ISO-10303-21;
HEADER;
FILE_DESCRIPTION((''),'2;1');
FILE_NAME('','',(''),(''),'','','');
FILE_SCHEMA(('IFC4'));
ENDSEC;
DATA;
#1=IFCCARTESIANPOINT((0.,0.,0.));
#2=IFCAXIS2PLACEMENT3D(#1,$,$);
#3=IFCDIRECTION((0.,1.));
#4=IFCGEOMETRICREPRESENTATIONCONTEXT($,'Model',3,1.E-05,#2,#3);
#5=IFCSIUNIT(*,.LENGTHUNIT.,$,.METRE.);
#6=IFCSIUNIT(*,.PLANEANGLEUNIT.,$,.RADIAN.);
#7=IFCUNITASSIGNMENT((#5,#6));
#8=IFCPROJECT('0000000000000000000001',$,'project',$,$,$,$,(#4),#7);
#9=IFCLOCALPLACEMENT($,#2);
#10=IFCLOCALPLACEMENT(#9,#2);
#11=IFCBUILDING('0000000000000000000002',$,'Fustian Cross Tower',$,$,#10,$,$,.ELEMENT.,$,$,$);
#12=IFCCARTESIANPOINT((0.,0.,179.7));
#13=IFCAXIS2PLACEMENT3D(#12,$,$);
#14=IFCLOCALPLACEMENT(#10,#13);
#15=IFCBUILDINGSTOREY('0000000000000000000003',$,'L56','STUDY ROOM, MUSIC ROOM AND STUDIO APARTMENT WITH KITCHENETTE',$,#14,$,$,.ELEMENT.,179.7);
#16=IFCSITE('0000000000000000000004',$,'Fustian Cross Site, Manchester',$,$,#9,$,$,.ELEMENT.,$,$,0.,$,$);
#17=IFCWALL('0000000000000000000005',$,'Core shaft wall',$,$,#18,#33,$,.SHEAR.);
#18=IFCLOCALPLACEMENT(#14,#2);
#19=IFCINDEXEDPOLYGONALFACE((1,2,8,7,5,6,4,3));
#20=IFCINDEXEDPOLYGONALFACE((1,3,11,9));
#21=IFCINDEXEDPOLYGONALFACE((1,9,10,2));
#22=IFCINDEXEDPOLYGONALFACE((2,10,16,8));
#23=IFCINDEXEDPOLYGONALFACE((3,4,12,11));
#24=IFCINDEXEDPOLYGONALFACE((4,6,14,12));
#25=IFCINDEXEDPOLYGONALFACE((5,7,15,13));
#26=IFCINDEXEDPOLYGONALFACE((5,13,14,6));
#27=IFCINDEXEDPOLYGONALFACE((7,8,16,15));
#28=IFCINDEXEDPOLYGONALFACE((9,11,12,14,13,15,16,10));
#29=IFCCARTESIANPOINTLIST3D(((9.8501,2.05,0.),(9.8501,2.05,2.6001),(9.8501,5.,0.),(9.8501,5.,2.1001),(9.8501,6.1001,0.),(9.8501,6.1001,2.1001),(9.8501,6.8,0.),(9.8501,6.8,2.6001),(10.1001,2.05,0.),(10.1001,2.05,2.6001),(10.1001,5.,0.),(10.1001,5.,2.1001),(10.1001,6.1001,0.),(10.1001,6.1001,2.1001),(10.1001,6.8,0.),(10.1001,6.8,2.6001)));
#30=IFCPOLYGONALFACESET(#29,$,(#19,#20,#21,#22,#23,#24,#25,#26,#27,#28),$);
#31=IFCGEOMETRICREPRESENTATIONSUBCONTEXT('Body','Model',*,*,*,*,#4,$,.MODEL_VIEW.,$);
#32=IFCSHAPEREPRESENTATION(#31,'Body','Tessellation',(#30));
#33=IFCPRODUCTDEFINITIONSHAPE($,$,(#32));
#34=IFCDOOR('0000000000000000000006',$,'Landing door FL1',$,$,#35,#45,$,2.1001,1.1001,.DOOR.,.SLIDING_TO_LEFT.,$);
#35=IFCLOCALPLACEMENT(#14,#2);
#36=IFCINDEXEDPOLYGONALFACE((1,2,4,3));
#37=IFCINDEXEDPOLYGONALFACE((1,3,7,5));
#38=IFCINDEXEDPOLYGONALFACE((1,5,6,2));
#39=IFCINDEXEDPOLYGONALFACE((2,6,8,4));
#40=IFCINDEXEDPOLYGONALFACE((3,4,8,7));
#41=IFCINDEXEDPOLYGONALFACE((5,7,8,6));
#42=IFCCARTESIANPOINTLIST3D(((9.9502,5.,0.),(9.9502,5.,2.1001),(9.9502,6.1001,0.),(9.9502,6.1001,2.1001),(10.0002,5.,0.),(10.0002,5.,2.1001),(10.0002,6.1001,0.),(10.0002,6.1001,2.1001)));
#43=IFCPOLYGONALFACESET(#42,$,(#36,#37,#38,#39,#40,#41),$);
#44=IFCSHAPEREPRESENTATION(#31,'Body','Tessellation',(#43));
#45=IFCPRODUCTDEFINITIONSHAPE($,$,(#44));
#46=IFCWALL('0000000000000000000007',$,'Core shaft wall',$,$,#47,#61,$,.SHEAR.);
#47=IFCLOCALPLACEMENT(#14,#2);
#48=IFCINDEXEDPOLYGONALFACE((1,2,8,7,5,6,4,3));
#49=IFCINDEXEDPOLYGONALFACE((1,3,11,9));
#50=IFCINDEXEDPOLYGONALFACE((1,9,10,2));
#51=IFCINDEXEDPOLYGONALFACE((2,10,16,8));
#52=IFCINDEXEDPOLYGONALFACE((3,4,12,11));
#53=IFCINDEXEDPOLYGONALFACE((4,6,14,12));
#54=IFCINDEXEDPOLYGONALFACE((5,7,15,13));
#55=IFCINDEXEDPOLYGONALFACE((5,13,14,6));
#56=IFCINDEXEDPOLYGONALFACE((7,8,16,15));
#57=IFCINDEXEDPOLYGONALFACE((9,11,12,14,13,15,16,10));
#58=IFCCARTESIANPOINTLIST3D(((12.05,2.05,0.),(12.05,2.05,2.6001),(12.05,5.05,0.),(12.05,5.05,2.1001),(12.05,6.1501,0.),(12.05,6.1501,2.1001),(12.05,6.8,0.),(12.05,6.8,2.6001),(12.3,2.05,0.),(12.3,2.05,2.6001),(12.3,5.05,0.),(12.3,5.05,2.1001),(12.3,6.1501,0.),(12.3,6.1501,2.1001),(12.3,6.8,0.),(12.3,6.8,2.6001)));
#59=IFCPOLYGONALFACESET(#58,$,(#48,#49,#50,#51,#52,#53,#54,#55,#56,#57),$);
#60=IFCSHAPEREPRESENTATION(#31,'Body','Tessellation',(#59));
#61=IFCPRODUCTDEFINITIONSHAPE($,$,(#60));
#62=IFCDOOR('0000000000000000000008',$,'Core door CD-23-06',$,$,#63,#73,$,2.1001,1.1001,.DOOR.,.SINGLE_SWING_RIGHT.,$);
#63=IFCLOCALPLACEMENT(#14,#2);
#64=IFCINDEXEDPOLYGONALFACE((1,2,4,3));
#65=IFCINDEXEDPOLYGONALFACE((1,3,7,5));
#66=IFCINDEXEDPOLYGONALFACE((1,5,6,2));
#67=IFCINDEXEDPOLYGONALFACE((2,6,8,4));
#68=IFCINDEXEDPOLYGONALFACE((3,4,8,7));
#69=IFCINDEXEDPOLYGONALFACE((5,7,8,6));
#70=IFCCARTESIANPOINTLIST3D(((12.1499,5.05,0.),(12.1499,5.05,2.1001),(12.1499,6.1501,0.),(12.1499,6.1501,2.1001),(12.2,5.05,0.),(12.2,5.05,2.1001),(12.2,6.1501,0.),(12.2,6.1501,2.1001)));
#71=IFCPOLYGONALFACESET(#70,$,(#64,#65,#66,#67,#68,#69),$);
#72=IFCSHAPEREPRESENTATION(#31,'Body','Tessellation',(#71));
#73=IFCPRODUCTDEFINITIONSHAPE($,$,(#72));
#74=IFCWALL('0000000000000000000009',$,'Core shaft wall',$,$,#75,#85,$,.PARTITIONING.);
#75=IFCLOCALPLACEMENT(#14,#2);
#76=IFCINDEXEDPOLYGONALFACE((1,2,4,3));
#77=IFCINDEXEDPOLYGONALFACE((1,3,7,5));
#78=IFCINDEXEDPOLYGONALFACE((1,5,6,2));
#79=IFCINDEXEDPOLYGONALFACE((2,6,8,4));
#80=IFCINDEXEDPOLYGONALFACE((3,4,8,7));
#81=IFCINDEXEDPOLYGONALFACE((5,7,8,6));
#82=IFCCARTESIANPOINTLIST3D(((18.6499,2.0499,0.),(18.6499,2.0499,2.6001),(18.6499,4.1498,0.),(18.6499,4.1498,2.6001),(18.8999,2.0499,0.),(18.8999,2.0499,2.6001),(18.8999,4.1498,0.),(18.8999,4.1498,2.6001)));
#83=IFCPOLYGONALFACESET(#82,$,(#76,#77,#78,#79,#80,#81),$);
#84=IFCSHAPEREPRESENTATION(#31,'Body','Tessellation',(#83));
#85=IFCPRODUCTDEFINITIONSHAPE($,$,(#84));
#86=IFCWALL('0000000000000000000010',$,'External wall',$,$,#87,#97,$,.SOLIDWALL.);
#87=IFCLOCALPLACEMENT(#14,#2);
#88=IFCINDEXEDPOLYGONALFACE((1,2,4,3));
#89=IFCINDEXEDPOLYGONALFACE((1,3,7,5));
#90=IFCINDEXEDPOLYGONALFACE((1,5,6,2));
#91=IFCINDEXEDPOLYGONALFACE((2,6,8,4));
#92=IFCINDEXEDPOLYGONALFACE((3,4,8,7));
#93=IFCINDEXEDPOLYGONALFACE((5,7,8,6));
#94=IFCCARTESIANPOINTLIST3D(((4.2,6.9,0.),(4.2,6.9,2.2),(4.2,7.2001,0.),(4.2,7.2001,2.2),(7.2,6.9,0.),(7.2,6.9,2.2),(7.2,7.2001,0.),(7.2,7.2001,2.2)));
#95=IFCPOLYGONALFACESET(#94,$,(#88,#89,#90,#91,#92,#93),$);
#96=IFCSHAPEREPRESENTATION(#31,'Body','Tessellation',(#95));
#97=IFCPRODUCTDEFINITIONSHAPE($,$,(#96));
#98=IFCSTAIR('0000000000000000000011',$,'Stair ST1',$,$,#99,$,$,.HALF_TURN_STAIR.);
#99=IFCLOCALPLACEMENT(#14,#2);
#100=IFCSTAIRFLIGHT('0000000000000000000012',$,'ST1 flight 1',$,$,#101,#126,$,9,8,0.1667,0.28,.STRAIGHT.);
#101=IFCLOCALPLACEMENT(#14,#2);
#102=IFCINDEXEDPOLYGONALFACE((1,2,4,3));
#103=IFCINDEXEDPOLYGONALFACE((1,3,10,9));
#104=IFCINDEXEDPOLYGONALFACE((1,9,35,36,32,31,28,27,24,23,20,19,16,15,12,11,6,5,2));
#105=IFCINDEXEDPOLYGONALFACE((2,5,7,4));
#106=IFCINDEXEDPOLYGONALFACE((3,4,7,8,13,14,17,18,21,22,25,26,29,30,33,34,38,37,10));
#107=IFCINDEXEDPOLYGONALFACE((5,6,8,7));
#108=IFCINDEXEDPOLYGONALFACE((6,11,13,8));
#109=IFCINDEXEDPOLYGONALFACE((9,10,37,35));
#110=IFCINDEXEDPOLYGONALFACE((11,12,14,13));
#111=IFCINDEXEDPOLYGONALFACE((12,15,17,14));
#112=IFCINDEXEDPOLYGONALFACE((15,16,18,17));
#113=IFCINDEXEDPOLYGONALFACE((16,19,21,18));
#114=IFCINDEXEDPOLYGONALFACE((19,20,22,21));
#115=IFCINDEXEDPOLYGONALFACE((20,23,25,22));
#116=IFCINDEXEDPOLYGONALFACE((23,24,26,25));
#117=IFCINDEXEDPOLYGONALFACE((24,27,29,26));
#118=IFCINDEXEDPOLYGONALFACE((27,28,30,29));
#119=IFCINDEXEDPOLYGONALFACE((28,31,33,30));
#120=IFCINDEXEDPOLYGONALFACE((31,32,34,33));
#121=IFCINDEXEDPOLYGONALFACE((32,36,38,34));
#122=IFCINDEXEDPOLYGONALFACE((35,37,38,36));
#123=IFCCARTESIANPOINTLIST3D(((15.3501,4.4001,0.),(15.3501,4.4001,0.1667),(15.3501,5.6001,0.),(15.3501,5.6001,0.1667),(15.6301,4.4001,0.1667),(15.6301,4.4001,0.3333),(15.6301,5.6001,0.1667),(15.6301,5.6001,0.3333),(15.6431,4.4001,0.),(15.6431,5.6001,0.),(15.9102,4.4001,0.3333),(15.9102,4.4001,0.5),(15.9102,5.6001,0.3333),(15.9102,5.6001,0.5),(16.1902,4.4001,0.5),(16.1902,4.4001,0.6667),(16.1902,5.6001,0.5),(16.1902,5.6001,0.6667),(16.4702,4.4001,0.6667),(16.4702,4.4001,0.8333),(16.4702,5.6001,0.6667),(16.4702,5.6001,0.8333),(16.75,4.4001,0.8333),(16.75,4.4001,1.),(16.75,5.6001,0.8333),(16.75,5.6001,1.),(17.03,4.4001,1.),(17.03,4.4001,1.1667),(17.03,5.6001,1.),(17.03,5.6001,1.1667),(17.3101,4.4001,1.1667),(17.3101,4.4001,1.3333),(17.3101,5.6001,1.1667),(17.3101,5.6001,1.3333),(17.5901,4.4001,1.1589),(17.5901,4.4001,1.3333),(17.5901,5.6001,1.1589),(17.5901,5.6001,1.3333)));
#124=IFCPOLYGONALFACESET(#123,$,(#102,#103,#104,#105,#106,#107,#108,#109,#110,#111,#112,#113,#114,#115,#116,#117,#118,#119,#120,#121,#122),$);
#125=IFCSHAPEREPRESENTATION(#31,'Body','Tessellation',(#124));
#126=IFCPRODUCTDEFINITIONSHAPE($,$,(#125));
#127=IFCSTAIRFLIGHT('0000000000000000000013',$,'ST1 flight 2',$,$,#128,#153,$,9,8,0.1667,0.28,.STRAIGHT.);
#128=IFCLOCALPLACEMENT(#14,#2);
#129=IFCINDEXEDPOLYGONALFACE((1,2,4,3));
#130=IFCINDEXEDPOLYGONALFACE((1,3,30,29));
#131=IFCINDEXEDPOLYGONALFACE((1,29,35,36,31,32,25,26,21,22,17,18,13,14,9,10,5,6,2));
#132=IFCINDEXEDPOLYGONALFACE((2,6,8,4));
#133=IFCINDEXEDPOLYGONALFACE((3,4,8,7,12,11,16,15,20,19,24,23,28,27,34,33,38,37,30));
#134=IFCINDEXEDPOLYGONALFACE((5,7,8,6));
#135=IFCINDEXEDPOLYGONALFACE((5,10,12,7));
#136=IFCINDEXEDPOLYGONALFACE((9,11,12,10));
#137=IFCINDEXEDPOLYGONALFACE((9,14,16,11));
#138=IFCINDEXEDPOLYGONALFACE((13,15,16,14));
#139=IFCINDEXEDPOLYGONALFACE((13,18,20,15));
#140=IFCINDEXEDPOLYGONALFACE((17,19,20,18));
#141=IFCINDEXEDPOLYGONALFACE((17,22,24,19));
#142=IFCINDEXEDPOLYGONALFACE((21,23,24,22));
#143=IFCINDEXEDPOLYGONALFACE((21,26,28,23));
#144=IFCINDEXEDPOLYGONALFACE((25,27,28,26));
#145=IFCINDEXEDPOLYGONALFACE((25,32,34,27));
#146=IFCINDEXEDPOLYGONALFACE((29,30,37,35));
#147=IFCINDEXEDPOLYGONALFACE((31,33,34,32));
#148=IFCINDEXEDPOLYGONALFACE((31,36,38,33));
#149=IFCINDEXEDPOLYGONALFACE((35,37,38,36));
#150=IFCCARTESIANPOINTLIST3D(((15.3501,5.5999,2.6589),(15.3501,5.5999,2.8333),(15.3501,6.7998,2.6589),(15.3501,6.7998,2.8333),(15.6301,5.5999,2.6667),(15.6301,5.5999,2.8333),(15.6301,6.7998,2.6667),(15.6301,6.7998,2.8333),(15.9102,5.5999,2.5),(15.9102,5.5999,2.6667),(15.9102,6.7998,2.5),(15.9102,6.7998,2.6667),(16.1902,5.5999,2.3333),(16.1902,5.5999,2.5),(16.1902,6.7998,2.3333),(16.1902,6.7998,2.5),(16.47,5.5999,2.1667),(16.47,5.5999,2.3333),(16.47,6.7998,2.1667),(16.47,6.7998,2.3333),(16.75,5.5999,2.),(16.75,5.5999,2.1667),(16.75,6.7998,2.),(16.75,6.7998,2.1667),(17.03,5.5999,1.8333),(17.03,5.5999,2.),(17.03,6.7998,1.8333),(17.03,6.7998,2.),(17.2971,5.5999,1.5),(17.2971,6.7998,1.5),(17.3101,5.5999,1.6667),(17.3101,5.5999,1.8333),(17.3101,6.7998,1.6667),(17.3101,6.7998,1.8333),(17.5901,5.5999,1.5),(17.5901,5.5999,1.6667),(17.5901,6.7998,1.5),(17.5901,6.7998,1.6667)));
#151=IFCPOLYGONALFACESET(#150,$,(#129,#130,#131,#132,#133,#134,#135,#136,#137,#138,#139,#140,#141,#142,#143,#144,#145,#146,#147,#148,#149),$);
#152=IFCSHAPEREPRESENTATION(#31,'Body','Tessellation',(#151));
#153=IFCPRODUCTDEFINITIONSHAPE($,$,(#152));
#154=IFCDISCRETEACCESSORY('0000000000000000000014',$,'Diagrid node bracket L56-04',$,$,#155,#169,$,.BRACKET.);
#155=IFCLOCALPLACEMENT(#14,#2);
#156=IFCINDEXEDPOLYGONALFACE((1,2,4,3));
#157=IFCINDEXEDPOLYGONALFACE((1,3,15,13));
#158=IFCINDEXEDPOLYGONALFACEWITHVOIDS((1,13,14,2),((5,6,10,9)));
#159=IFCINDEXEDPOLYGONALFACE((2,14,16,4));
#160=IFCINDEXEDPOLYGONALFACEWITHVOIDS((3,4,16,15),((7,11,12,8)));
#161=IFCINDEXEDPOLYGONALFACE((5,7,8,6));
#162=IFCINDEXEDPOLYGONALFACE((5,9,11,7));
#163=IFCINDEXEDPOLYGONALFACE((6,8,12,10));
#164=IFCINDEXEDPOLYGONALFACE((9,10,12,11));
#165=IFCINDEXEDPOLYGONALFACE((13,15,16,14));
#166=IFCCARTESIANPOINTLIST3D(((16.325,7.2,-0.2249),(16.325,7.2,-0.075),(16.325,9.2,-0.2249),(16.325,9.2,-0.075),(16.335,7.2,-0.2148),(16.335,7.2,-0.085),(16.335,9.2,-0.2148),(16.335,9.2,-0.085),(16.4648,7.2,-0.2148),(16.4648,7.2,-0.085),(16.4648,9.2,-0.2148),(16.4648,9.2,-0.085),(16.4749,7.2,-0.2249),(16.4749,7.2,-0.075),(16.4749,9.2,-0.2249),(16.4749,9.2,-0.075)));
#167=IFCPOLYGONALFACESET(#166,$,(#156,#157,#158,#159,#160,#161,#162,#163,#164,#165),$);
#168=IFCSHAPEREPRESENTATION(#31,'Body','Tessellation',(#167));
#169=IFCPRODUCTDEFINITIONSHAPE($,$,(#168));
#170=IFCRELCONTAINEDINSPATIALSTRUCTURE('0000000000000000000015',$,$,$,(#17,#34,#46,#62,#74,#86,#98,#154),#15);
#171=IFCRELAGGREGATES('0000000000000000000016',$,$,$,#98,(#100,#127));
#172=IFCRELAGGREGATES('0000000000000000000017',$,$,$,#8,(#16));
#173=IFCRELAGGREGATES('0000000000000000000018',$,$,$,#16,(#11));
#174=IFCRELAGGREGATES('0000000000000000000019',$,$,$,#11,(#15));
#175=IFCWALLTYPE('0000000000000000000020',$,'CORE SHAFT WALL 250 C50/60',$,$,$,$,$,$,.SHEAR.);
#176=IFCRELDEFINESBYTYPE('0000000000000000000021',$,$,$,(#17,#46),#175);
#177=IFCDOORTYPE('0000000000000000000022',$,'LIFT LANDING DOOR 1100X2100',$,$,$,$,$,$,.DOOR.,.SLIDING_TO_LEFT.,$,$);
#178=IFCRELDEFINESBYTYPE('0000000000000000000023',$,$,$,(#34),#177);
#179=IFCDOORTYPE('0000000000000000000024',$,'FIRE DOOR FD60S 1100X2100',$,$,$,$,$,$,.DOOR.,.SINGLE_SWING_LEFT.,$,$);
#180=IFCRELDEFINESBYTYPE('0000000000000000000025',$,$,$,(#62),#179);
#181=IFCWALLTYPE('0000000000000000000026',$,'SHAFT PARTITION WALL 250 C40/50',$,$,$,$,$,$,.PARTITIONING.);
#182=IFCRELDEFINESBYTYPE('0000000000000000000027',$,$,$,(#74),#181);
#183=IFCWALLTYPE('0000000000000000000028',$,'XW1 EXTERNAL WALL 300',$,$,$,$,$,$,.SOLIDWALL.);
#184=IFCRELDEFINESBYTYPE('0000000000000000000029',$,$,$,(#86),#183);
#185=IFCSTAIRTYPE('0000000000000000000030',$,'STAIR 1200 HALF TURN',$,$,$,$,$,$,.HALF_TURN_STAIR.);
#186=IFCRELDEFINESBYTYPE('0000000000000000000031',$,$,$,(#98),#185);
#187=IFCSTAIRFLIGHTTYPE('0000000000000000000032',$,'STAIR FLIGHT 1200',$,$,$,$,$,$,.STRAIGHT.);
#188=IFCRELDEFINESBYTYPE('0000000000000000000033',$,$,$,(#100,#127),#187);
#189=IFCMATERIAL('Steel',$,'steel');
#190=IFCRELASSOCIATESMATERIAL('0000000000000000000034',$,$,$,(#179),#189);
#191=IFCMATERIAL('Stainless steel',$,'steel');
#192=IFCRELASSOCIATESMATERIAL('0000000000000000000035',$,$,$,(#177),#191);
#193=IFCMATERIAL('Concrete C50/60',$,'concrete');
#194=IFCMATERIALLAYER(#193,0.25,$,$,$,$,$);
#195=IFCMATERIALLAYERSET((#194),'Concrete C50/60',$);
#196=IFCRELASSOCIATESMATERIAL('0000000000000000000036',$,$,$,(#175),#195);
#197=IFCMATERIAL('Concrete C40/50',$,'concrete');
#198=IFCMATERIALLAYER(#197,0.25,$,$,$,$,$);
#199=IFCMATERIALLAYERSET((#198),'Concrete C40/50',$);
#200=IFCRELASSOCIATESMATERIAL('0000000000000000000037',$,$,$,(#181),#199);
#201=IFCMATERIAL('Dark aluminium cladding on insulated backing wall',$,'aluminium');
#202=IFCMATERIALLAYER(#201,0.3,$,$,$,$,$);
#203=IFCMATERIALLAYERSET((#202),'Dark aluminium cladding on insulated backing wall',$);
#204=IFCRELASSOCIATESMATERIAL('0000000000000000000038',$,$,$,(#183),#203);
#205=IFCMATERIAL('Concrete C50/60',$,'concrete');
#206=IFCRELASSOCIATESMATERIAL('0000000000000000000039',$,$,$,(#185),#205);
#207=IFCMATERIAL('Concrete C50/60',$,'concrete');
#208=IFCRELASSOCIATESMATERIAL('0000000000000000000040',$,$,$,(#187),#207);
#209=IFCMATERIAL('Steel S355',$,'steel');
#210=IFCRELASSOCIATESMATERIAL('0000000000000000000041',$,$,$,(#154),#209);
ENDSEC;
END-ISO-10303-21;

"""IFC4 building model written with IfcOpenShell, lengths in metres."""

from ifc_helpers import new_model, si_unit, direction, frame, frame_2d, origin, origin_2d, place, context, subcontext, project, spatial, polyline, rectangle, hollow_rectangle, outline, extrude, material, layer, layer_set, type_object, element, fill, aggregate, save


model = new_model("IFC4")

# Units and contexts
model_context = context("Model", 3, precision=1e-05, world=origin(), true_north=direction((0.0, 1.0)))
body_context = subcontext(model_context, "Body", "Model", "MODEL_VIEW")
ifc_project = project(units=[si_unit("LENGTHUNIT", "METRE"), si_unit("PLANEANGLEUNIT", "RADIAN")], contexts=[model_context])

# Site, building, storey
site_placement = place(None, origin())
site = spatial("IfcSite", under=ifc_project, at=site_placement, Name="Fustian Cross Site, Manchester", CompositionType="ELEMENT", RefElevation=0.0)
building_placement = place(site_placement, origin())
building = spatial("IfcBuilding", under=site, at=building_placement, Name="Fustian Cross Tower", CompositionType="ELEMENT")
storey_placement = place(building_placement, frame((0.0, 0.0, 179.7)))
storey = spatial("IfcBuildingStorey", under=building, at=storey_placement, Name="L56", Description="STUDY ROOM, MUSIC ROOM AND STUDIO APARTMENT WITH KITCHENETTE", CompositionType="ELEMENT", Elevation=179.7)

# Shared definitions
ifc_material_1 = material(Name="Steel", Category="steel")
door_type_1 = type_object("IfcDoorType", Name="FIRE DOOR FD60S 1100X2100", OperationType="SINGLE_SWING_LEFT", PredefinedType="DOOR", material=ifc_material_1)
ifc_material_2 = material(Name="Stainless steel", Category="steel")
door_type_2 = type_object("IfcDoorType", Name="LIFT LANDING DOOR 1100X2100", OperationType="SLIDING_TO_LEFT", PredefinedType="DOOR", material=ifc_material_2)

# Shared definitions
ifc_material_3 = material(Name="Concrete C50/60", Category="concrete")
ifc_layer_1 = layer(ifc_material_3, 0.25)
ifc_layer_set_1 = layer_set([ifc_layer_1], Name="Concrete C50/60")
wall_type_1 = type_object("IfcWallType", Name="CORE SHAFT WALL 250 C50/60", PredefinedType="SHEAR", material=ifc_layer_set_1)

# Walls, openings, doors
wall_1_placement = place(storey_placement, frame((9.9751, 2.05, 0.0), z_axis=(0.0, 0.0, 1.0), x_axis=(0.0, 1.0, 0.0)))
wall_1 = element("IfcWall", 1, at=wall_1_placement, inside=storey, type_object=wall_type_1, Name="Core shaft wall", PredefinedType="SHEAR", context=body_context, shape_type="SweptSolid", body=[
    extrude(rectangle(XDim=4.75, YDim=0.25, at=frame_2d((2.375, 0.0))), origin(), (0.0, 0.0, 1.0), 2.6001),
])
opening_1_placement = place(wall_1_placement, frame((2.95, 0.0, 0.0)))
opening_1 = element("IfcOpeningElement", 2, at=opening_1_placement, cuts=wall_1, PredefinedType="OPENING", context=body_context, shape_type="SweptSolid", body=[
    extrude(rectangle(XDim=1.1001, YDim=2.1001, at=frame_2d((0.55, 1.05))), frame((0.0, 0.135, 0.0), z_axis=(0.0, -1.0, 0.0), x_axis=(1.0, 0.0, 0.0)), (0.0, 0.0, 1.0), 0.27),
])
door_1_placement = place(opening_1_placement, origin())
door_1 = element("IfcDoor", 3, at=door_1_placement, inside=storey, type_object=door_type_2, Name="Landing door FL1", OperationType="SLIDING_TO_LEFT", OverallHeight=2.1001, OverallWidth=1.1001, PredefinedType="DOOR", context=body_context, shape_type="SweptSolid", body=[
    extrude(rectangle(XDim=1.1001, YDim=2.1001, at=frame_2d((0.55, 1.05))), frame((0.0, 0.0249, 0.0), z_axis=(0.0, -1.0, 0.0), x_axis=(1.0, 0.0, 0.0)), (0.0, 0.0, 1.0), 0.05),
])
fill(opening_1, door_1)
wall_2_placement = place(storey_placement, frame((12.175, 2.05, 0.0), z_axis=(0.0, 0.0, 1.0), x_axis=(0.0, 1.0, 0.0)))
wall_2 = element("IfcWall", 4, at=wall_2_placement, inside=storey, type_object=wall_type_1, Name="Core shaft wall", PredefinedType="SHEAR", context=body_context, shape_type="SweptSolid", body=[
    extrude(rectangle(XDim=4.75, YDim=0.25, at=frame_2d((2.375, 0.0))), origin(), (0.0, 0.0, 1.0), 2.6001),
])
opening_2_placement = place(wall_2_placement, frame((3.0, 0.0, 0.0)))
opening_2 = element("IfcOpeningElement", 5, at=opening_2_placement, cuts=wall_2, PredefinedType="OPENING", context=body_context, shape_type="SweptSolid", body=[
    extrude(rectangle(XDim=1.1001, YDim=2.1001, at=frame_2d((0.55, 1.05))), frame((0.0, 0.135, 0.0), z_axis=(0.0, -1.0, 0.0), x_axis=(1.0, 0.0, 0.0)), (0.0, 0.0, 1.0), 0.27),
])
door_2_placement = place(opening_2_placement, frame((1.1001, 0.0, 0.0), z_axis=(0.0, 0.0, 1.0), x_axis=(-1.0, 0.0, 0.0)))
door_2 = element("IfcDoor", 6, at=door_2_placement, inside=storey, type_object=door_type_1, Name="Core door CD-23-06", OperationType="SINGLE_SWING_RIGHT", OverallHeight=2.1001, OverallWidth=1.1001, PredefinedType="DOOR", context=body_context, shape_type="SweptSolid", body=[
    extrude(rectangle(XDim=1.1001, YDim=2.1001, at=frame_2d((0.55, 1.05))), frame((0.0, 0.0249, 0.0), z_axis=(0.0, -1.0, 0.0), x_axis=(1.0, 0.0, 0.0)), (0.0, 0.0, 1.0), 0.05),
])
fill(opening_2, door_2)

# Walls
ifc_material_4 = material(Name="Concrete C40/50", Category="concrete")
ifc_layer_2 = layer(ifc_material_4, 0.25)
ifc_layer_set_2 = layer_set([ifc_layer_2], Name="Concrete C40/50")
wall_type_2 = type_object("IfcWallType", Name="SHAFT PARTITION WALL 250 C40/50", PredefinedType="PARTITIONING", material=ifc_layer_set_2)
wall_3_placement = place(storey_placement, frame((18.7749, 2.05, 0.0), z_axis=(0.0, 0.0, 1.0), x_axis=(0.0, 1.0, 0.0)))
element("IfcWall", 7, at=wall_3_placement, inside=storey, type_object=wall_type_2, Name="Core shaft wall", PredefinedType="PARTITIONING", context=body_context, shape_type="SweptSolid", body=[
    extrude(rectangle(XDim=2.0999, YDim=0.25, at=frame_2d((1.0498, 0.0))), origin(), (0.0, 0.0, 1.0), 2.6001),
])
ifc_material_5 = material(Name="Dark aluminium cladding on insulated backing wall", Category="aluminium")
ifc_layer_3 = layer(ifc_material_5, 0.3)
ifc_layer_set_3 = layer_set([ifc_layer_3], Name="Dark aluminium cladding on insulated backing wall")
wall_type_3 = type_object("IfcWallType", Name="XW1 EXTERNAL WALL 300", PredefinedType="SOLIDWALL", material=ifc_layer_set_3)
wall_4_placement = place(storey_placement, frame((7.2, 7.05, 0.0), z_axis=(0.0, 0.0, 1.0), x_axis=(-1.0, 0.0, 0.0)))
element("IfcWall", 8, at=wall_4_placement, inside=storey, type_object=wall_type_3, Name="External wall", PredefinedType="SOLIDWALL", context=body_context, shape_type="SweptSolid", body=[
    extrude(rectangle(XDim=3.0, YDim=0.3, at=frame_2d((1.5, 0.0))), origin(), (0.0, 0.0, 1.0), 2.2),
])

# Stair, stair flights
ifc_material_6 = material(Name="Concrete C50/60", Category="concrete")
stair_type = type_object("IfcStairType", Name="STAIR 1200 HALF TURN", PredefinedType="HALF_TURN_STAIR", material=ifc_material_6)
stair_placement = place(storey_placement, origin())
stair = element("IfcStair", 9, at=stair_placement, inside=storey, type_object=stair_type, Name="Stair ST1", PredefinedType="HALF_TURN_STAIR")
ifc_material_7 = material(Name="Concrete C50/60", Category="concrete")
stair_flight_type = type_object("IfcStairFlightType", Name="STAIR FLIGHT 1200", PredefinedType="STRAIGHT", material=ifc_material_7)
stair_flight_1_placement = place(storey_placement, frame((15.3501, 5.0, 0.0), z_axis=(0.0, 0.0, 1.0), x_axis=(1.0, 0.0, 0.0)))
stair_flight_1 = element("IfcStairFlight", 10, at=stair_flight_1_placement, type_object=stair_flight_type, Name="ST1 flight 1", NumberOfRisers=9, NumberOfTreads=8, PredefinedType="STRAIGHT", RiserHeight=0.1667, TreadLength=0.28, context=body_context, shape_type="SweptSolid", body=[
    extrude(outline(polyline([(0.0, 0.0), (0.0, 0.1667), (0.28, 0.1667), (0.28, 0.3333), (0.5601, 0.3333), (0.5601, 0.5), (0.8401, 0.5), (0.8401, 0.6667), (1.1201, 0.6667), (1.1201, 0.8333), (1.3999, 0.8333), (1.3999, 1.0), (1.6799, 1.0), (1.6799, 1.1667), (1.96, 1.1667), (1.96, 1.3333), (2.24, 1.3333), (2.24, 1.5), (2.24, 1.1589), (0.293, 0.0), (0.0, 0.0)])), frame((0.0, 0.6001, 0.0), z_axis=(0.0, -1.0, 0.0), x_axis=(1.0, 0.0, 0.0)), (0.0, 0.0, 1.0), 1.2),
])
stair_flight_2_placement = place(storey_placement, frame((17.5901, 6.2, 1.5), z_axis=(0.0, 0.0, 1.0), x_axis=(-1.0, 0.0, 0.0)))
stair_flight_2 = element("IfcStairFlight", 11, at=stair_flight_2_placement, type_object=stair_flight_type, Name="ST1 flight 2", NumberOfRisers=9, NumberOfTreads=8, PredefinedType="STRAIGHT", RiserHeight=0.1667, TreadLength=0.28, context=body_context, shape_type="SweptSolid", body=[
    extrude(outline(polyline([(0.0, 0.0), (0.0, 0.1667), (0.28, 0.1667), (0.28, 0.3333), (0.5601, 0.3333), (0.5601, 0.5), (0.8401, 0.5), (0.8401, 0.6667), (1.1201, 0.6667), (1.1201, 0.8333), (1.3999, 0.8333), (1.3999, 1.0), (1.6799, 1.0), (1.6799, 1.1667), (1.96, 1.1667), (1.96, 1.3333), (2.24, 1.3333), (2.24, 1.5), (2.24, 1.1589), (0.293, 0.0), (0.0, 0.0)])), frame((0.0, 0.6001, 0.0), z_axis=(0.0, -1.0, 0.0), x_axis=(1.0, 0.0, 0.0)), (0.0, 0.0, 1.0), 1.2),
])
aggregate(stair, [stair_flight_1, stair_flight_2])

# Discrete accessory
ifc_material_8 = material(Name="Steel S355", Category="steel")
for number, where, z_axis, x_axis, name in (
    (12, (16.3999, 9.2, -0.1499), (0.0, -1.0, 0.0), (1.0, 0.0, 0.0), "Diagrid node bracket L56-04"),
):
    element("IfcDiscreteAccessory", number, at=place(storey_placement, frame(where, z_axis=z_axis, x_axis=x_axis)), inside=storey, material=ifc_material_8, Name=name, PredefinedType="BRACKET", context=body_context, shape_type="SweptSolid", body=[
        extrude(hollow_rectangle(XDim=0.1499, YDim=0.1499, WallThickness=0.01, at=origin_2d()), origin(), (0.0, 0.0, 1.0), 2.0),
    ])

save(model, "model.ifc")
